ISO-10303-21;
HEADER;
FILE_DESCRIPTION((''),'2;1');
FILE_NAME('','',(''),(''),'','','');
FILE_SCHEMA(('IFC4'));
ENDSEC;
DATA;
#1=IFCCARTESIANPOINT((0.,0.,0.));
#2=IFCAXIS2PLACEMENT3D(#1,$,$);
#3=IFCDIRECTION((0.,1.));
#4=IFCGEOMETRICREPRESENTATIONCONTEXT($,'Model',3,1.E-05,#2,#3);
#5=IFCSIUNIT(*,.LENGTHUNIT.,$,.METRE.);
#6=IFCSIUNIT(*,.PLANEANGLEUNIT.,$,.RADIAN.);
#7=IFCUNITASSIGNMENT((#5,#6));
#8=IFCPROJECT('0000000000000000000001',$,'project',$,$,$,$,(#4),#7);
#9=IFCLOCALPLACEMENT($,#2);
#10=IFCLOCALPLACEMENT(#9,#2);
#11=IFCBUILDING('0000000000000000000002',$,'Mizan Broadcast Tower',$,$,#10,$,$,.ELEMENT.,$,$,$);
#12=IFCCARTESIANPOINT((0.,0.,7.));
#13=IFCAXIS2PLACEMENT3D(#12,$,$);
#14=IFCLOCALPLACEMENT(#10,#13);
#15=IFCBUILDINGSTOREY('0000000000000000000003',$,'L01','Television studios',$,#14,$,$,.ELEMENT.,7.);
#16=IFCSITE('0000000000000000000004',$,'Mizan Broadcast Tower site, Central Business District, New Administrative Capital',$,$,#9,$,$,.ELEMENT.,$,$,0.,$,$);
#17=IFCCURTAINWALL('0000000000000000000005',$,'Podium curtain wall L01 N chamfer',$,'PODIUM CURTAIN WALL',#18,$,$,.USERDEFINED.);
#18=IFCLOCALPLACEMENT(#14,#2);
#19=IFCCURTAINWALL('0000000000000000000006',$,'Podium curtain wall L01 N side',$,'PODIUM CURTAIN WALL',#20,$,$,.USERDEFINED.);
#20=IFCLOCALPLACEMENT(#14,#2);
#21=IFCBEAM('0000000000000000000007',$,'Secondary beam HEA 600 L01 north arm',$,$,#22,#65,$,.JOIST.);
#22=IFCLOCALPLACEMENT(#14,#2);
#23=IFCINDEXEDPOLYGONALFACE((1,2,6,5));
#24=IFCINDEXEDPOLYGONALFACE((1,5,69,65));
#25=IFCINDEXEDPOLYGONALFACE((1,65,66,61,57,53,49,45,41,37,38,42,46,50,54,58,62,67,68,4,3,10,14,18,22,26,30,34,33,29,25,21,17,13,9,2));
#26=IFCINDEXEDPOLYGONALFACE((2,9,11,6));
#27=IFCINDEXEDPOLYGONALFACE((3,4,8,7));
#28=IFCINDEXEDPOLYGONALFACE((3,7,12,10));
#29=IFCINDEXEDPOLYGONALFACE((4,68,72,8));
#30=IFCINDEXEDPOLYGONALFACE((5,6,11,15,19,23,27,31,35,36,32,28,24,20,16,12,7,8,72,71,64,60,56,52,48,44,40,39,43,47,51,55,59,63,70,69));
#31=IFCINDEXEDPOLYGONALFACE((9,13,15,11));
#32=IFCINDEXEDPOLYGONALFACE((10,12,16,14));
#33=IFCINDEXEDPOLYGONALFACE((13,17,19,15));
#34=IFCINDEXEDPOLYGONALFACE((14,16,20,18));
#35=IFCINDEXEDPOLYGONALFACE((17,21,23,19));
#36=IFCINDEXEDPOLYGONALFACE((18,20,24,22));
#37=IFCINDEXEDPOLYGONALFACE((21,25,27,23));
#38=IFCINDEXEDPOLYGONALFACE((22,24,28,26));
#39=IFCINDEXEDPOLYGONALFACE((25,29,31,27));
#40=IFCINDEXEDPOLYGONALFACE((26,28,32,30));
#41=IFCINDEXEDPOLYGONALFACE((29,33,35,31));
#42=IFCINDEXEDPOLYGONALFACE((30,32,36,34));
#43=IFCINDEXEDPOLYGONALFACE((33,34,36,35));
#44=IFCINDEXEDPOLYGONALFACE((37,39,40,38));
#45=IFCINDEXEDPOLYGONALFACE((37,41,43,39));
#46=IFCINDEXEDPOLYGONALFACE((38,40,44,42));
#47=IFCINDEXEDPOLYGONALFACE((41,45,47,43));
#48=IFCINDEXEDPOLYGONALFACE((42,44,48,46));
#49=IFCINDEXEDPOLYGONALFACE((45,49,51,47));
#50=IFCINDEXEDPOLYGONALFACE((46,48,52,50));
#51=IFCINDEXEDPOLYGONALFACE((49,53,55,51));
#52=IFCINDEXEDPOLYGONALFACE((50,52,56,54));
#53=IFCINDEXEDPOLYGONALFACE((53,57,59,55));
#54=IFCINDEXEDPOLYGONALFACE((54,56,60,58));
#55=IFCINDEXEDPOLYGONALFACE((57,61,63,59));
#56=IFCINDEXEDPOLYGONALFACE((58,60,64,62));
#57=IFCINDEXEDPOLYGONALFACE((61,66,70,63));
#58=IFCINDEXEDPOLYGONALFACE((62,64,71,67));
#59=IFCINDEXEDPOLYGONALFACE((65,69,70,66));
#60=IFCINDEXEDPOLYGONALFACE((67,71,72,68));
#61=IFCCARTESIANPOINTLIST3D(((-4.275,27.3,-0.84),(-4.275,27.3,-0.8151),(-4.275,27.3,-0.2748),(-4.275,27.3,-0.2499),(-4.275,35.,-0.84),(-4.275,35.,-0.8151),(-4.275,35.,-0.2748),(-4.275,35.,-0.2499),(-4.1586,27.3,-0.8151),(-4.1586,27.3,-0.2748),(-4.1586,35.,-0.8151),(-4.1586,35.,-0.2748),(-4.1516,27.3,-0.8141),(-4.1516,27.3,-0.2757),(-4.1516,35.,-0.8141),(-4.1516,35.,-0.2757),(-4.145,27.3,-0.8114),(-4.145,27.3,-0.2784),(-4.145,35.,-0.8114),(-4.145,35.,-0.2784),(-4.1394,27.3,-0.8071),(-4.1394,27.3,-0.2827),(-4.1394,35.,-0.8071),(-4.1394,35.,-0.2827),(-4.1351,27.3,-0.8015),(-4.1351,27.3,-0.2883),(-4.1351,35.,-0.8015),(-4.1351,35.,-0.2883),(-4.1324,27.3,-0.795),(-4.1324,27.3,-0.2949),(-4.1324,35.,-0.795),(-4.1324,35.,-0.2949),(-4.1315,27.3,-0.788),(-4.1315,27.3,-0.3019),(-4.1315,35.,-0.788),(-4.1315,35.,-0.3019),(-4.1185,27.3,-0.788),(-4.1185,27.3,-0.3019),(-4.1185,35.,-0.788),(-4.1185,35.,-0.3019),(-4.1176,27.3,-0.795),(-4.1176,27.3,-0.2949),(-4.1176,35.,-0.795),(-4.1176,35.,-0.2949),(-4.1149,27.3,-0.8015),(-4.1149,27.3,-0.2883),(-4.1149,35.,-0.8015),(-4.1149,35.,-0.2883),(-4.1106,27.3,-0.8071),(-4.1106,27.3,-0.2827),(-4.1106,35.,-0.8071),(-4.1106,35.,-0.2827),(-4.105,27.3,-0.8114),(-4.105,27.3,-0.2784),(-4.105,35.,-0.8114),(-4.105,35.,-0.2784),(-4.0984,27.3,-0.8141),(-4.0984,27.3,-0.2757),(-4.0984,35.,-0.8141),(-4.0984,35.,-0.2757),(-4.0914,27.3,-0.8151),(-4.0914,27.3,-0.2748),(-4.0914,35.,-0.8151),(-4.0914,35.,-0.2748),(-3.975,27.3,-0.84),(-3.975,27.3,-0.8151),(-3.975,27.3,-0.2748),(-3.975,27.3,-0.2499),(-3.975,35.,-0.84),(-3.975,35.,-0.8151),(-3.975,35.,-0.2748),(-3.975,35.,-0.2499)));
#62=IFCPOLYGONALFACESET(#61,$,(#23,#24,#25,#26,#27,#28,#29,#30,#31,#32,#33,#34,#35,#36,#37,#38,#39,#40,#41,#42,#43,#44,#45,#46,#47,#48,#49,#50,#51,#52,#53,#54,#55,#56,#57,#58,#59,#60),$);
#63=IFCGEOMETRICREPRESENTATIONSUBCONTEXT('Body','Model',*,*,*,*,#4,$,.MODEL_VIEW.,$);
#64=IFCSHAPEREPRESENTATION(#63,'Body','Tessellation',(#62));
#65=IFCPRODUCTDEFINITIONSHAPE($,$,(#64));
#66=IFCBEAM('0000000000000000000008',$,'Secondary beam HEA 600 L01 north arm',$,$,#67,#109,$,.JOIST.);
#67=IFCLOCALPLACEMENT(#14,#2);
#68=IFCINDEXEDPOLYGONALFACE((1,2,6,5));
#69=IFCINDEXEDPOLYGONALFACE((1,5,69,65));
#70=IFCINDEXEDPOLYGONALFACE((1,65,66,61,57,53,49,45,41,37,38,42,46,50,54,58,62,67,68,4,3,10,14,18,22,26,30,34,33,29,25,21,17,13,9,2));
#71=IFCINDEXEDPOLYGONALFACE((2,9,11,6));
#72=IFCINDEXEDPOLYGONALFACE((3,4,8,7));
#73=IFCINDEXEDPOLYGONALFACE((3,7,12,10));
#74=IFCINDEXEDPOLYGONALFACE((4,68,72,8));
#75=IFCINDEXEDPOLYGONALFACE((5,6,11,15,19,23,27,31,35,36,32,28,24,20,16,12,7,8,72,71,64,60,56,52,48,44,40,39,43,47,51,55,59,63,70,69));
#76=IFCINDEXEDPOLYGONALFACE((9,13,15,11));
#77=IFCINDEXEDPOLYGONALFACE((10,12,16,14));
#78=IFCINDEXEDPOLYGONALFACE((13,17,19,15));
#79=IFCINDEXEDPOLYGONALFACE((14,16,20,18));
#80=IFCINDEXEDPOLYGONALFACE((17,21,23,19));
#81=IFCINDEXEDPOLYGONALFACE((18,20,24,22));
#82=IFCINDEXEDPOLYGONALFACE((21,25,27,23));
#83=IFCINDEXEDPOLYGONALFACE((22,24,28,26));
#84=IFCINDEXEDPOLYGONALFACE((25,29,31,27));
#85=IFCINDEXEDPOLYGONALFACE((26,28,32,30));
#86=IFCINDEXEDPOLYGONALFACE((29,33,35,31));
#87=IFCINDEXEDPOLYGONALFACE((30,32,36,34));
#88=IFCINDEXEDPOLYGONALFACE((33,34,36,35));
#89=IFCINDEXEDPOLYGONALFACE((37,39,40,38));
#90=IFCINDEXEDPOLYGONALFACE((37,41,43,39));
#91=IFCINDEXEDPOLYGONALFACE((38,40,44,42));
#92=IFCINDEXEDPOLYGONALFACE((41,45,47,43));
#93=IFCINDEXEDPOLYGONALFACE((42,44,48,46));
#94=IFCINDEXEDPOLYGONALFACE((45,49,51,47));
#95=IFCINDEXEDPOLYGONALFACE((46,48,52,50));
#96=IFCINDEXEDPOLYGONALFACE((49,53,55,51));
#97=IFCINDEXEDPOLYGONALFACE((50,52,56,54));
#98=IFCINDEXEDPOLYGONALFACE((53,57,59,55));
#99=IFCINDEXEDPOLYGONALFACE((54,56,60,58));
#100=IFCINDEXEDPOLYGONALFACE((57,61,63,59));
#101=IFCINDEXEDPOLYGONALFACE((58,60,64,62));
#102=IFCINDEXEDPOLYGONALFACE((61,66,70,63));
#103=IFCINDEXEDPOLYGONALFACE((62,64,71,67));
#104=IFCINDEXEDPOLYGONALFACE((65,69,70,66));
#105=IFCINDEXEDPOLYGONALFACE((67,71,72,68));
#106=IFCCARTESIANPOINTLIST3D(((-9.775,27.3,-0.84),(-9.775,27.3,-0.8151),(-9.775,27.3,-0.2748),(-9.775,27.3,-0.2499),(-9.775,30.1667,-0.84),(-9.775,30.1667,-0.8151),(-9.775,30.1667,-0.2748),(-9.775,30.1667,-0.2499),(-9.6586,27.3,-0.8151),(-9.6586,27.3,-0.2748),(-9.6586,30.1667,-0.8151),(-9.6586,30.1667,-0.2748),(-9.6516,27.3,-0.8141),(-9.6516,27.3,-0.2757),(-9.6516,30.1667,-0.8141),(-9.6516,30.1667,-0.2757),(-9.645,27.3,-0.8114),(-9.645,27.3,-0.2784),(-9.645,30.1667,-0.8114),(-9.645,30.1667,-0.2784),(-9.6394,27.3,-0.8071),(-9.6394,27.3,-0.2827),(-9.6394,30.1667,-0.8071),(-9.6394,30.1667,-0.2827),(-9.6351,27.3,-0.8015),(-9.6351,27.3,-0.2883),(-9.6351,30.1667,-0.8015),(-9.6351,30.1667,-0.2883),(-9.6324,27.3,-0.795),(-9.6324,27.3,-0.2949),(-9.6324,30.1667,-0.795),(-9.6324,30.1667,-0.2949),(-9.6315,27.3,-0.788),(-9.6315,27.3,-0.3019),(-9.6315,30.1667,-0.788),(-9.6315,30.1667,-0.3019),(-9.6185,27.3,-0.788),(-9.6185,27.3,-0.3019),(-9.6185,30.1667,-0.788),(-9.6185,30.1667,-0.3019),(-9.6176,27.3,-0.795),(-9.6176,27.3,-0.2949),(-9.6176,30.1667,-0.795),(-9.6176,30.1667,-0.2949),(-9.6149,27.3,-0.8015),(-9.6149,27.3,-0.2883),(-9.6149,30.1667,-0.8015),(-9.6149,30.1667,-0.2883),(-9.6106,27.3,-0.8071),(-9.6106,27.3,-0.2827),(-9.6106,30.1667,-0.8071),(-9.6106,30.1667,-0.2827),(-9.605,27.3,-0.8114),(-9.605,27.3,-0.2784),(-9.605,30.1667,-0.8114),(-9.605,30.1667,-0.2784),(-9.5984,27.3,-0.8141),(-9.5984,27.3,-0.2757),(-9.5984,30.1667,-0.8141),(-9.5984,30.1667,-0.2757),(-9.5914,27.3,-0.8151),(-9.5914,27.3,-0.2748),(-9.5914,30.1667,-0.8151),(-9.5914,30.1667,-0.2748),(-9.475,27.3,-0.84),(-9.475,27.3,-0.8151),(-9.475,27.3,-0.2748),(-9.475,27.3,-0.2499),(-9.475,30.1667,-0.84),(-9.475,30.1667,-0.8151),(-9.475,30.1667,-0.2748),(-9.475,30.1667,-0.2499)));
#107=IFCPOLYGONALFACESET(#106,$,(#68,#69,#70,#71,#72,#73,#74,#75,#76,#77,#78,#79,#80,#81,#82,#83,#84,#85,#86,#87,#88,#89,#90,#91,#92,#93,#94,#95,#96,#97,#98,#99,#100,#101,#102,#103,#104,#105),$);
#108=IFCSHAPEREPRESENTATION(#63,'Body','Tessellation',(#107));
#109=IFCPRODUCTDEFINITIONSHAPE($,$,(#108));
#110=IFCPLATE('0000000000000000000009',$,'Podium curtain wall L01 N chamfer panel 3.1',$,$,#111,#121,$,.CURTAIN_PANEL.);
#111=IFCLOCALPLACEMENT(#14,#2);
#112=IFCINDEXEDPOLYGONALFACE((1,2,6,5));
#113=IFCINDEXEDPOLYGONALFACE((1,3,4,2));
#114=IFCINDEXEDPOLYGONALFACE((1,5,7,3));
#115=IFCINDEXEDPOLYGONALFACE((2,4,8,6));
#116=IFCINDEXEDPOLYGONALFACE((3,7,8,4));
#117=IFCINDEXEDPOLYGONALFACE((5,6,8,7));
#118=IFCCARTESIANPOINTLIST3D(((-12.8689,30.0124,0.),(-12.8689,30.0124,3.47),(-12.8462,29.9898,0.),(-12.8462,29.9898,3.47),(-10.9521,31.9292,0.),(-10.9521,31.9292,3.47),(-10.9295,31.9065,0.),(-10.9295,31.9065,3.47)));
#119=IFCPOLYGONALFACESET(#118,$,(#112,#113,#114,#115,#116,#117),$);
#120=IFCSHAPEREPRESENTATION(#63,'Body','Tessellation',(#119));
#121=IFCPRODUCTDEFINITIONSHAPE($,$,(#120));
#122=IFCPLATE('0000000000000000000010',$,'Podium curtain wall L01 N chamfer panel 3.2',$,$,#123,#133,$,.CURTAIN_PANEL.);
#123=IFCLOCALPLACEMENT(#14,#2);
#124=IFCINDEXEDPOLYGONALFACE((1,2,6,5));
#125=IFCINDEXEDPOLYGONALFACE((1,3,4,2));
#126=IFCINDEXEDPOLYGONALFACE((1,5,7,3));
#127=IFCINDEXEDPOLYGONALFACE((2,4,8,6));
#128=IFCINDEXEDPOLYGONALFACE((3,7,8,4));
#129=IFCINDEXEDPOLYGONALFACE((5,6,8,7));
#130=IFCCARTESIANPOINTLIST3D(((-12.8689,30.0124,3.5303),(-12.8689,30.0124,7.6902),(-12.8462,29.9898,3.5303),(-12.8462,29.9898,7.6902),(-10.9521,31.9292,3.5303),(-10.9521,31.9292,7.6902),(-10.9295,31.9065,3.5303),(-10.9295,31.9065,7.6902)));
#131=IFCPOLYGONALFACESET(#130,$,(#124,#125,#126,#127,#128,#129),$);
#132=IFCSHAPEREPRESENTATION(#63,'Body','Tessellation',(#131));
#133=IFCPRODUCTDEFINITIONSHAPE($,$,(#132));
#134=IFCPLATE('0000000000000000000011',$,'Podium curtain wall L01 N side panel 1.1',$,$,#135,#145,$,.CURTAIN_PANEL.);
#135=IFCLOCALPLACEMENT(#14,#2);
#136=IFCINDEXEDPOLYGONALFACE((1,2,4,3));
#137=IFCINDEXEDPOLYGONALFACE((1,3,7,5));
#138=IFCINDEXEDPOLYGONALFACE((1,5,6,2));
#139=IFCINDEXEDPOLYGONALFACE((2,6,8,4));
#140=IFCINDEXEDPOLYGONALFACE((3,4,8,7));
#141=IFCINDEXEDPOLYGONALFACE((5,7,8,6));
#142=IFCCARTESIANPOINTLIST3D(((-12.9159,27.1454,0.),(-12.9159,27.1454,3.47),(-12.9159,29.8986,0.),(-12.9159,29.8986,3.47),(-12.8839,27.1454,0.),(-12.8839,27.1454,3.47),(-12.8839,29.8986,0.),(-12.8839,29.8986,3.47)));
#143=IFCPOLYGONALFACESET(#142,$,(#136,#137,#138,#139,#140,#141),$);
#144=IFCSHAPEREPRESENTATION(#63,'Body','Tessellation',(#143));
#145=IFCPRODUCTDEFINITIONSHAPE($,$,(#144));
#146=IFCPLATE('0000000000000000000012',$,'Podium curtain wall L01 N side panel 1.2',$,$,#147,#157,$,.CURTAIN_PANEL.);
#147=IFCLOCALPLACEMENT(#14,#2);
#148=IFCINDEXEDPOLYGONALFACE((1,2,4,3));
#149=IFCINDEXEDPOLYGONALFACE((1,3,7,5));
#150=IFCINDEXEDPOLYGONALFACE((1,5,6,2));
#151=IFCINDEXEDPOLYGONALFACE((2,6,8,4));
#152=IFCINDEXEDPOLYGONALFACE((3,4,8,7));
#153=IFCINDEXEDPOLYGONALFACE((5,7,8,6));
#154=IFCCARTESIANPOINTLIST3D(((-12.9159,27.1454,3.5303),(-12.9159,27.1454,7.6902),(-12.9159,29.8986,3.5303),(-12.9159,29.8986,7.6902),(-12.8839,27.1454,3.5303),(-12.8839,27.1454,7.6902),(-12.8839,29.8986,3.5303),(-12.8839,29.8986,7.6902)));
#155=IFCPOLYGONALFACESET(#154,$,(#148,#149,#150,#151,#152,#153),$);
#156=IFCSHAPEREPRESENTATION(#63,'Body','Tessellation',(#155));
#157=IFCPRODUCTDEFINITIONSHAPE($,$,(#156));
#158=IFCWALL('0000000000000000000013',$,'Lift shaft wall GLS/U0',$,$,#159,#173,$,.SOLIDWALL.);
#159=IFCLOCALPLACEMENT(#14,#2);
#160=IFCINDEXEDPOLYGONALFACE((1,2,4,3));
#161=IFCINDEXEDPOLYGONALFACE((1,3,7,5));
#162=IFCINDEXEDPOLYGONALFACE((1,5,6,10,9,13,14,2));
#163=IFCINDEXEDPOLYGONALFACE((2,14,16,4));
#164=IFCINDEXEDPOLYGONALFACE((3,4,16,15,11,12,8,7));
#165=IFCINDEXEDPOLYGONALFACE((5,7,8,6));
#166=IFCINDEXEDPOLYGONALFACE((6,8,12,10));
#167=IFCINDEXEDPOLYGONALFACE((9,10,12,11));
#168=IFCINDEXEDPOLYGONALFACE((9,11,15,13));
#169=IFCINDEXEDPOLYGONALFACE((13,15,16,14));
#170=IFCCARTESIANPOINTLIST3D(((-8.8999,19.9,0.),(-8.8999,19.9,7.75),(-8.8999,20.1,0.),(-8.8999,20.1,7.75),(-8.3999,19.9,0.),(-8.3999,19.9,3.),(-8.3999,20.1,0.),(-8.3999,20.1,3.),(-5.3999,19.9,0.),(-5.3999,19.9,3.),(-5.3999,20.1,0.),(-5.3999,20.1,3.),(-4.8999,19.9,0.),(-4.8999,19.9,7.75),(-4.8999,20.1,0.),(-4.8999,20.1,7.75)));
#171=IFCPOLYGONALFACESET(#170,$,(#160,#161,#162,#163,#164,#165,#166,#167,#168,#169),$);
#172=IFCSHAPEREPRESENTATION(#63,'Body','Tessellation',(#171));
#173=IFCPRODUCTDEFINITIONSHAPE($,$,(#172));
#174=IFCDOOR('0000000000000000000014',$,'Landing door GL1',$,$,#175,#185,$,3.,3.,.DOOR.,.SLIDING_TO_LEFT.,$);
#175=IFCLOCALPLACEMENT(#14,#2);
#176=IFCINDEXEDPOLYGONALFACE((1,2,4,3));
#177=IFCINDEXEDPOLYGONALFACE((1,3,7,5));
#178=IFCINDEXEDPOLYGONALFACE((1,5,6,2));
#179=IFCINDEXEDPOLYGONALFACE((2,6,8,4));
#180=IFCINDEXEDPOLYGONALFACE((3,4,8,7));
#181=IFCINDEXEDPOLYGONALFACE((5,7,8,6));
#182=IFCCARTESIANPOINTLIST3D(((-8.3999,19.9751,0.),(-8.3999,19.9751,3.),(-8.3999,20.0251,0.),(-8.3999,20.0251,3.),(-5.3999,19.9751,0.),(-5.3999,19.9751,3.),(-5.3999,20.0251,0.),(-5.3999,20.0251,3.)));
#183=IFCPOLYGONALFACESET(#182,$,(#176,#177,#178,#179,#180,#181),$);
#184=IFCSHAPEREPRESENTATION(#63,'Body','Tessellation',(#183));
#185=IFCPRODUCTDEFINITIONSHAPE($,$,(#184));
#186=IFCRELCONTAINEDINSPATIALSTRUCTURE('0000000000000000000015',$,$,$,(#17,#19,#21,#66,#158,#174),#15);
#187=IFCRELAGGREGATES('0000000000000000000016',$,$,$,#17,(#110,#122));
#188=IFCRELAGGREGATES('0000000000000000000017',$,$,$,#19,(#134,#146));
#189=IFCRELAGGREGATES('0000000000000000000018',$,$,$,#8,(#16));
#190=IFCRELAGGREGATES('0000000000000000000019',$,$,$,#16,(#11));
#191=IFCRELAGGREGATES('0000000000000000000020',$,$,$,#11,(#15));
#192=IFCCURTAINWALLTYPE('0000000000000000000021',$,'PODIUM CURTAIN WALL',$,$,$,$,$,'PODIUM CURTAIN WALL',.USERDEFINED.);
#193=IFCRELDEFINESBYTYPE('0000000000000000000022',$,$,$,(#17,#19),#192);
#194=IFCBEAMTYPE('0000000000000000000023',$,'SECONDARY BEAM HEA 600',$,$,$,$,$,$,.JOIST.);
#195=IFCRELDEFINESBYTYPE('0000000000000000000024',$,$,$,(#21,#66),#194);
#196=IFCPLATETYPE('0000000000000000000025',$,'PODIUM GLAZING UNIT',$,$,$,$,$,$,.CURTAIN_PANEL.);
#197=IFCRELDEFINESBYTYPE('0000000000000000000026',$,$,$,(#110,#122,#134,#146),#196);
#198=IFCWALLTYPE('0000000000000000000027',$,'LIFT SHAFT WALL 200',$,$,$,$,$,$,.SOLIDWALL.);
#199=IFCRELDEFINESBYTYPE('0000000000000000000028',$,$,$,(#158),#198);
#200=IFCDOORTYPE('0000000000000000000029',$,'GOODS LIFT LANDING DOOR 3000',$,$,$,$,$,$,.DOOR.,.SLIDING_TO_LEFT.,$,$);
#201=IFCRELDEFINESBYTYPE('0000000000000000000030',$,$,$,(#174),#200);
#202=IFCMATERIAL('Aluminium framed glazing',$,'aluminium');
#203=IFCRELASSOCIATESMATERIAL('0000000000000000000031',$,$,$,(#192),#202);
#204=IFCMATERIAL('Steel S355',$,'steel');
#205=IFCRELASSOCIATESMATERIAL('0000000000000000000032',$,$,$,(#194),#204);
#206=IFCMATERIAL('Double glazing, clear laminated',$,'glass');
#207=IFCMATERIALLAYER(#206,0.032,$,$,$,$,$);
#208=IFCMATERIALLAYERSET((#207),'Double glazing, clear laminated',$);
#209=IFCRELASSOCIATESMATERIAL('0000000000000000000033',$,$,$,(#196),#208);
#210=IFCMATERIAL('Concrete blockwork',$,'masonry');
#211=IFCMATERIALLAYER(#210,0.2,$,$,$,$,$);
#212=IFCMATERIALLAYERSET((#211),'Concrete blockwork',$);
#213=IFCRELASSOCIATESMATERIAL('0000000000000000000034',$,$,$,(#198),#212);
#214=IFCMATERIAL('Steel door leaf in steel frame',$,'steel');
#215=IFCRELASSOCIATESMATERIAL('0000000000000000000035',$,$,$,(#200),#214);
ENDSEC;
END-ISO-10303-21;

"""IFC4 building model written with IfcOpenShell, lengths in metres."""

from ifc_helpers import new_model, si_unit, direction, frame, frame_2d, origin, origin_2d, place, context, subcontext, project, spatial, rectangle, i_section, extrude, material, layer, layer_set, material_profile, profile_set, type_object, element, fill, aggregate, save


model = new_model("IFC4")

# Units and contexts
model_context = context("Model", 3, precision=1e-05, world=origin(), true_north=direction((0.0, 1.0)))
body_context = subcontext(model_context, "Body", "Model", "MODEL_VIEW")
ifc_project = project(units=[si_unit("LENGTHUNIT", "METRE"), si_unit("PLANEANGLEUNIT", "RADIAN")], contexts=[model_context])

# Site, building, storey
site_placement = place(None, origin())
site = spatial("IfcSite", under=ifc_project, at=site_placement, Name="Mizan Broadcast Tower site, Central Business District, New Administrative Capital", CompositionType="ELEMENT", RefElevation=0.0)
building_placement = place(site_placement, origin())
building = spatial("IfcBuilding", under=site, at=building_placement, Name="Mizan Broadcast Tower", CompositionType="ELEMENT")
storey_placement = place(building_placement, frame((0.0, 0.0, 7.0)))
storey = spatial("IfcBuildingStorey", under=building, at=storey_placement, Name="L01", Description="Television studios", CompositionType="ELEMENT", Elevation=7.0)

# Curtain wall
ifc_material_1 = material(Name="Aluminium framed glazing", Category="aluminium")
curtain_wall_type = type_object("IfcCurtainWallType", Name="PODIUM CURTAIN WALL", ElementType="PODIUM CURTAIN WALL", PredefinedType="USERDEFINED", material=ifc_material_1)
curtain_wall_1_placement = place(storey_placement, origin())
curtain_wall_1 = element("IfcCurtainWall", 1, at=curtain_wall_1_placement, inside=storey, type_object=curtain_wall_type, Name="Podium curtain wall L01 N chamfer", ObjectType="PODIUM CURTAIN WALL", PredefinedType="USERDEFINED")

# Curtain wall
curtain_wall_2_placement = place(storey_placement, origin())
curtain_wall_2 = element("IfcCurtainWall", 2, at=curtain_wall_2_placement, inside=storey, type_object=curtain_wall_type, Name="Podium curtain wall L01 N side", ObjectType="PODIUM CURTAIN WALL", PredefinedType="USERDEFINED")

# Beams
ifc_material_2 = material(Name="Steel S355", Category="steel")
ifc_material_profile_1 = material_profile(ifc_material_2, i_section(OverallWidth=0.3, OverallDepth=0.5901, WebThickness=0.0129, FlangeThickness=0.0249, FilletRadius=0.0271, at=origin_2d()), Name="HEA 600")
ifc_profile_set_1 = profile_set([ifc_material_profile_1], Name="Steel S355")
beam_type_1 = type_object("IfcBeamType", Name="SECONDARY BEAM HEA 600", PredefinedType="JOIST", material=ifc_profile_set_1)
beam_1_placement = place(storey_placement, frame((-4.125, 27.3, -0.5449), z_axis=(0.0, 1.0, 0.0), x_axis=(-1.0, 0.0, 0.0)))
element("IfcBeam", 3, at=beam_1_placement, inside=storey, type_object=beam_type_1, Name="Secondary beam HEA 600 L01 north arm", PredefinedType="JOIST", context=body_context, shape_type="SweptSolid", body=[
    extrude(i_section(OverallWidth=0.3, OverallDepth=0.5901, WebThickness=0.0129, FlangeThickness=0.0249, FilletRadius=0.0271, at=origin_2d()), origin(), (0.0, 0.0, 1.0), 7.7),
])
beam_2_placement = place(storey_placement, frame((-9.625, 27.3, -0.5449), z_axis=(0.0, 1.0, 0.0), x_axis=(-1.0, 0.0, 0.0)))
element("IfcBeam", 4, at=beam_2_placement, inside=storey, type_object=beam_type_1, Name="Secondary beam HEA 600 L01 north arm", PredefinedType="JOIST", context=body_context, shape_type="SweptSolid", body=[
    extrude(i_section(OverallWidth=0.3, OverallDepth=0.5901, WebThickness=0.0129, FlangeThickness=0.0249, FilletRadius=0.0271, at=origin_2d()), origin(), (0.0, 0.0, 1.0), 2.8667),
])

# Plates
ifc_material_3 = material(Name="Double glazing, clear laminated", Category="glass")
ifc_layer_1 = layer(ifc_material_3, 0.032)
ifc_layer_set_1 = layer_set([ifc_layer_1], Name="Double glazing, clear laminated")
plate_type = type_object("IfcPlateType", Name="PODIUM GLAZING UNIT", PredefinedType="CURTAIN_PANEL", material=ifc_layer_set_1)
plate_1_placement = place(storey_placement, frame((-11.8992, 30.9595, 0.0), z_axis=(0.0, 0.0, 1.0), x_axis=(-0.707107, -0.707107, 0.0)))
plate_1 = element("IfcPlate", 5, at=plate_1_placement, type_object=plate_type, Name="Podium curtain wall L01 N chamfer panel 3.1", PredefinedType="CURTAIN_PANEL", context=body_context, shape_type="SweptSolid", body=[
    extrude(rectangle(XDim=2.7107, YDim=0.032, at=origin_2d()), origin(), (0.0, 0.0, 1.0), 3.47),
])
plate_2_placement = place(storey_placement, frame((-11.8992, 30.9595, 3.5303), z_axis=(0.0, 0.0, 1.0), x_axis=(-0.707107, -0.707107, 0.0)))
plate_2 = element("IfcPlate", 6, at=plate_2_placement, type_object=plate_type, Name="Podium curtain wall L01 N chamfer panel 3.2", PredefinedType="CURTAIN_PANEL", context=body_context, shape_type="SweptSolid", body=[
    extrude(rectangle(XDim=2.7107, YDim=0.032, at=origin_2d()), origin(), (0.0, 0.0, 1.0), 4.1599),
])
aggregate(curtain_wall_1, [plate_1, plate_2])
plate_3_placement = place(storey_placement, frame((-12.8999, 28.522, 0.0), z_axis=(0.0, 0.0, 1.0), x_axis=(0.0, -1.0, 0.0)))
plate_3 = element("IfcPlate", 7, at=plate_3_placement, type_object=plate_type, Name="Podium curtain wall L01 N side panel 1.1", PredefinedType="CURTAIN_PANEL", context=body_context, shape_type="SweptSolid", body=[
    extrude(rectangle(XDim=2.7532, YDim=0.032, at=origin_2d()), origin(), (0.0, 0.0, 1.0), 3.47),
])
plate_4_placement = place(storey_placement, frame((-12.8999, 28.522, 3.5303), z_axis=(0.0, 0.0, 1.0), x_axis=(0.0, -1.0, 0.0)))
plate_4 = element("IfcPlate", 8, at=plate_4_placement, type_object=plate_type, Name="Podium curtain wall L01 N side panel 1.2", PredefinedType="CURTAIN_PANEL", context=body_context, shape_type="SweptSolid", body=[
    extrude(rectangle(XDim=2.7532, YDim=0.032, at=origin_2d()), origin(), (0.0, 0.0, 1.0), 4.1599),
])
aggregate(curtain_wall_2, [plate_3, plate_4])

# Wall, opening, door
ifc_material_4 = material(Name="Concrete blockwork", Category="masonry")
ifc_layer_2 = layer(ifc_material_4, 0.2)
ifc_layer_set_2 = layer_set([ifc_layer_2], Name="Concrete blockwork")
wall_type = type_object("IfcWallType", Name="LIFT SHAFT WALL 200", PredefinedType="SOLIDWALL", material=ifc_layer_set_2)
wall_1_placement = place(storey_placement, frame((-4.8999, 20.0, 0.0), z_axis=(0.0, 0.0, 1.0), x_axis=(-1.0, 0.0, 0.0)))
wall_1 = element("IfcWall", 9, at=wall_1_placement, inside=storey, type_object=wall_type, Name="Lift shaft wall GLS/U0", PredefinedType="SOLIDWALL", context=body_context, shape_type="SweptSolid", body=[
    extrude(rectangle(XDim=4.0, YDim=0.2, at=frame_2d((2.0, 0.0))), origin(), (0.0, 0.0, 1.0), 7.75),
])
opening_placement = place(wall_1_placement, frame((0.5, 0.0, 0.0)))
opening = element("IfcOpeningElement", 10, at=opening_placement, cuts=wall_1, PredefinedType="OPENING", context=body_context, shape_type="SweptSolid", body=[
    extrude(rectangle(XDim=3.0, YDim=3.0, at=frame_2d((1.5, 1.5))), frame((0.0, 0.1099, 0.0), z_axis=(0.0, -1.0, 0.0), x_axis=(1.0, 0.0, 0.0)), (0.0, 0.0, 1.0), 0.22),
])
ifc_material_5 = material(Name="Steel door leaf in steel frame", Category="steel")
door_type = type_object("IfcDoorType", Name="GOODS LIFT LANDING DOOR 3000", OperationType="SLIDING_TO_LEFT", PredefinedType="DOOR", material=ifc_material_5)
door_placement = place(opening_placement, origin())
door = element("IfcDoor", 11, at=door_placement, inside=storey, type_object=door_type, Name="Landing door GL1", OperationType="SLIDING_TO_LEFT", OverallHeight=3.0, OverallWidth=3.0, PredefinedType="DOOR", context=body_context, shape_type="SweptSolid", body=[
    extrude(rectangle(XDim=3.0, YDim=3.0, at=frame_2d((1.5, 1.5))), frame((0.0, 0.0249, 0.0), z_axis=(0.0, -1.0, 0.0), x_axis=(1.0, 0.0, 0.0)), (0.0, 0.0, 1.0), 0.05),
])
fill(opening, door)

save(model, "model.ifc")
